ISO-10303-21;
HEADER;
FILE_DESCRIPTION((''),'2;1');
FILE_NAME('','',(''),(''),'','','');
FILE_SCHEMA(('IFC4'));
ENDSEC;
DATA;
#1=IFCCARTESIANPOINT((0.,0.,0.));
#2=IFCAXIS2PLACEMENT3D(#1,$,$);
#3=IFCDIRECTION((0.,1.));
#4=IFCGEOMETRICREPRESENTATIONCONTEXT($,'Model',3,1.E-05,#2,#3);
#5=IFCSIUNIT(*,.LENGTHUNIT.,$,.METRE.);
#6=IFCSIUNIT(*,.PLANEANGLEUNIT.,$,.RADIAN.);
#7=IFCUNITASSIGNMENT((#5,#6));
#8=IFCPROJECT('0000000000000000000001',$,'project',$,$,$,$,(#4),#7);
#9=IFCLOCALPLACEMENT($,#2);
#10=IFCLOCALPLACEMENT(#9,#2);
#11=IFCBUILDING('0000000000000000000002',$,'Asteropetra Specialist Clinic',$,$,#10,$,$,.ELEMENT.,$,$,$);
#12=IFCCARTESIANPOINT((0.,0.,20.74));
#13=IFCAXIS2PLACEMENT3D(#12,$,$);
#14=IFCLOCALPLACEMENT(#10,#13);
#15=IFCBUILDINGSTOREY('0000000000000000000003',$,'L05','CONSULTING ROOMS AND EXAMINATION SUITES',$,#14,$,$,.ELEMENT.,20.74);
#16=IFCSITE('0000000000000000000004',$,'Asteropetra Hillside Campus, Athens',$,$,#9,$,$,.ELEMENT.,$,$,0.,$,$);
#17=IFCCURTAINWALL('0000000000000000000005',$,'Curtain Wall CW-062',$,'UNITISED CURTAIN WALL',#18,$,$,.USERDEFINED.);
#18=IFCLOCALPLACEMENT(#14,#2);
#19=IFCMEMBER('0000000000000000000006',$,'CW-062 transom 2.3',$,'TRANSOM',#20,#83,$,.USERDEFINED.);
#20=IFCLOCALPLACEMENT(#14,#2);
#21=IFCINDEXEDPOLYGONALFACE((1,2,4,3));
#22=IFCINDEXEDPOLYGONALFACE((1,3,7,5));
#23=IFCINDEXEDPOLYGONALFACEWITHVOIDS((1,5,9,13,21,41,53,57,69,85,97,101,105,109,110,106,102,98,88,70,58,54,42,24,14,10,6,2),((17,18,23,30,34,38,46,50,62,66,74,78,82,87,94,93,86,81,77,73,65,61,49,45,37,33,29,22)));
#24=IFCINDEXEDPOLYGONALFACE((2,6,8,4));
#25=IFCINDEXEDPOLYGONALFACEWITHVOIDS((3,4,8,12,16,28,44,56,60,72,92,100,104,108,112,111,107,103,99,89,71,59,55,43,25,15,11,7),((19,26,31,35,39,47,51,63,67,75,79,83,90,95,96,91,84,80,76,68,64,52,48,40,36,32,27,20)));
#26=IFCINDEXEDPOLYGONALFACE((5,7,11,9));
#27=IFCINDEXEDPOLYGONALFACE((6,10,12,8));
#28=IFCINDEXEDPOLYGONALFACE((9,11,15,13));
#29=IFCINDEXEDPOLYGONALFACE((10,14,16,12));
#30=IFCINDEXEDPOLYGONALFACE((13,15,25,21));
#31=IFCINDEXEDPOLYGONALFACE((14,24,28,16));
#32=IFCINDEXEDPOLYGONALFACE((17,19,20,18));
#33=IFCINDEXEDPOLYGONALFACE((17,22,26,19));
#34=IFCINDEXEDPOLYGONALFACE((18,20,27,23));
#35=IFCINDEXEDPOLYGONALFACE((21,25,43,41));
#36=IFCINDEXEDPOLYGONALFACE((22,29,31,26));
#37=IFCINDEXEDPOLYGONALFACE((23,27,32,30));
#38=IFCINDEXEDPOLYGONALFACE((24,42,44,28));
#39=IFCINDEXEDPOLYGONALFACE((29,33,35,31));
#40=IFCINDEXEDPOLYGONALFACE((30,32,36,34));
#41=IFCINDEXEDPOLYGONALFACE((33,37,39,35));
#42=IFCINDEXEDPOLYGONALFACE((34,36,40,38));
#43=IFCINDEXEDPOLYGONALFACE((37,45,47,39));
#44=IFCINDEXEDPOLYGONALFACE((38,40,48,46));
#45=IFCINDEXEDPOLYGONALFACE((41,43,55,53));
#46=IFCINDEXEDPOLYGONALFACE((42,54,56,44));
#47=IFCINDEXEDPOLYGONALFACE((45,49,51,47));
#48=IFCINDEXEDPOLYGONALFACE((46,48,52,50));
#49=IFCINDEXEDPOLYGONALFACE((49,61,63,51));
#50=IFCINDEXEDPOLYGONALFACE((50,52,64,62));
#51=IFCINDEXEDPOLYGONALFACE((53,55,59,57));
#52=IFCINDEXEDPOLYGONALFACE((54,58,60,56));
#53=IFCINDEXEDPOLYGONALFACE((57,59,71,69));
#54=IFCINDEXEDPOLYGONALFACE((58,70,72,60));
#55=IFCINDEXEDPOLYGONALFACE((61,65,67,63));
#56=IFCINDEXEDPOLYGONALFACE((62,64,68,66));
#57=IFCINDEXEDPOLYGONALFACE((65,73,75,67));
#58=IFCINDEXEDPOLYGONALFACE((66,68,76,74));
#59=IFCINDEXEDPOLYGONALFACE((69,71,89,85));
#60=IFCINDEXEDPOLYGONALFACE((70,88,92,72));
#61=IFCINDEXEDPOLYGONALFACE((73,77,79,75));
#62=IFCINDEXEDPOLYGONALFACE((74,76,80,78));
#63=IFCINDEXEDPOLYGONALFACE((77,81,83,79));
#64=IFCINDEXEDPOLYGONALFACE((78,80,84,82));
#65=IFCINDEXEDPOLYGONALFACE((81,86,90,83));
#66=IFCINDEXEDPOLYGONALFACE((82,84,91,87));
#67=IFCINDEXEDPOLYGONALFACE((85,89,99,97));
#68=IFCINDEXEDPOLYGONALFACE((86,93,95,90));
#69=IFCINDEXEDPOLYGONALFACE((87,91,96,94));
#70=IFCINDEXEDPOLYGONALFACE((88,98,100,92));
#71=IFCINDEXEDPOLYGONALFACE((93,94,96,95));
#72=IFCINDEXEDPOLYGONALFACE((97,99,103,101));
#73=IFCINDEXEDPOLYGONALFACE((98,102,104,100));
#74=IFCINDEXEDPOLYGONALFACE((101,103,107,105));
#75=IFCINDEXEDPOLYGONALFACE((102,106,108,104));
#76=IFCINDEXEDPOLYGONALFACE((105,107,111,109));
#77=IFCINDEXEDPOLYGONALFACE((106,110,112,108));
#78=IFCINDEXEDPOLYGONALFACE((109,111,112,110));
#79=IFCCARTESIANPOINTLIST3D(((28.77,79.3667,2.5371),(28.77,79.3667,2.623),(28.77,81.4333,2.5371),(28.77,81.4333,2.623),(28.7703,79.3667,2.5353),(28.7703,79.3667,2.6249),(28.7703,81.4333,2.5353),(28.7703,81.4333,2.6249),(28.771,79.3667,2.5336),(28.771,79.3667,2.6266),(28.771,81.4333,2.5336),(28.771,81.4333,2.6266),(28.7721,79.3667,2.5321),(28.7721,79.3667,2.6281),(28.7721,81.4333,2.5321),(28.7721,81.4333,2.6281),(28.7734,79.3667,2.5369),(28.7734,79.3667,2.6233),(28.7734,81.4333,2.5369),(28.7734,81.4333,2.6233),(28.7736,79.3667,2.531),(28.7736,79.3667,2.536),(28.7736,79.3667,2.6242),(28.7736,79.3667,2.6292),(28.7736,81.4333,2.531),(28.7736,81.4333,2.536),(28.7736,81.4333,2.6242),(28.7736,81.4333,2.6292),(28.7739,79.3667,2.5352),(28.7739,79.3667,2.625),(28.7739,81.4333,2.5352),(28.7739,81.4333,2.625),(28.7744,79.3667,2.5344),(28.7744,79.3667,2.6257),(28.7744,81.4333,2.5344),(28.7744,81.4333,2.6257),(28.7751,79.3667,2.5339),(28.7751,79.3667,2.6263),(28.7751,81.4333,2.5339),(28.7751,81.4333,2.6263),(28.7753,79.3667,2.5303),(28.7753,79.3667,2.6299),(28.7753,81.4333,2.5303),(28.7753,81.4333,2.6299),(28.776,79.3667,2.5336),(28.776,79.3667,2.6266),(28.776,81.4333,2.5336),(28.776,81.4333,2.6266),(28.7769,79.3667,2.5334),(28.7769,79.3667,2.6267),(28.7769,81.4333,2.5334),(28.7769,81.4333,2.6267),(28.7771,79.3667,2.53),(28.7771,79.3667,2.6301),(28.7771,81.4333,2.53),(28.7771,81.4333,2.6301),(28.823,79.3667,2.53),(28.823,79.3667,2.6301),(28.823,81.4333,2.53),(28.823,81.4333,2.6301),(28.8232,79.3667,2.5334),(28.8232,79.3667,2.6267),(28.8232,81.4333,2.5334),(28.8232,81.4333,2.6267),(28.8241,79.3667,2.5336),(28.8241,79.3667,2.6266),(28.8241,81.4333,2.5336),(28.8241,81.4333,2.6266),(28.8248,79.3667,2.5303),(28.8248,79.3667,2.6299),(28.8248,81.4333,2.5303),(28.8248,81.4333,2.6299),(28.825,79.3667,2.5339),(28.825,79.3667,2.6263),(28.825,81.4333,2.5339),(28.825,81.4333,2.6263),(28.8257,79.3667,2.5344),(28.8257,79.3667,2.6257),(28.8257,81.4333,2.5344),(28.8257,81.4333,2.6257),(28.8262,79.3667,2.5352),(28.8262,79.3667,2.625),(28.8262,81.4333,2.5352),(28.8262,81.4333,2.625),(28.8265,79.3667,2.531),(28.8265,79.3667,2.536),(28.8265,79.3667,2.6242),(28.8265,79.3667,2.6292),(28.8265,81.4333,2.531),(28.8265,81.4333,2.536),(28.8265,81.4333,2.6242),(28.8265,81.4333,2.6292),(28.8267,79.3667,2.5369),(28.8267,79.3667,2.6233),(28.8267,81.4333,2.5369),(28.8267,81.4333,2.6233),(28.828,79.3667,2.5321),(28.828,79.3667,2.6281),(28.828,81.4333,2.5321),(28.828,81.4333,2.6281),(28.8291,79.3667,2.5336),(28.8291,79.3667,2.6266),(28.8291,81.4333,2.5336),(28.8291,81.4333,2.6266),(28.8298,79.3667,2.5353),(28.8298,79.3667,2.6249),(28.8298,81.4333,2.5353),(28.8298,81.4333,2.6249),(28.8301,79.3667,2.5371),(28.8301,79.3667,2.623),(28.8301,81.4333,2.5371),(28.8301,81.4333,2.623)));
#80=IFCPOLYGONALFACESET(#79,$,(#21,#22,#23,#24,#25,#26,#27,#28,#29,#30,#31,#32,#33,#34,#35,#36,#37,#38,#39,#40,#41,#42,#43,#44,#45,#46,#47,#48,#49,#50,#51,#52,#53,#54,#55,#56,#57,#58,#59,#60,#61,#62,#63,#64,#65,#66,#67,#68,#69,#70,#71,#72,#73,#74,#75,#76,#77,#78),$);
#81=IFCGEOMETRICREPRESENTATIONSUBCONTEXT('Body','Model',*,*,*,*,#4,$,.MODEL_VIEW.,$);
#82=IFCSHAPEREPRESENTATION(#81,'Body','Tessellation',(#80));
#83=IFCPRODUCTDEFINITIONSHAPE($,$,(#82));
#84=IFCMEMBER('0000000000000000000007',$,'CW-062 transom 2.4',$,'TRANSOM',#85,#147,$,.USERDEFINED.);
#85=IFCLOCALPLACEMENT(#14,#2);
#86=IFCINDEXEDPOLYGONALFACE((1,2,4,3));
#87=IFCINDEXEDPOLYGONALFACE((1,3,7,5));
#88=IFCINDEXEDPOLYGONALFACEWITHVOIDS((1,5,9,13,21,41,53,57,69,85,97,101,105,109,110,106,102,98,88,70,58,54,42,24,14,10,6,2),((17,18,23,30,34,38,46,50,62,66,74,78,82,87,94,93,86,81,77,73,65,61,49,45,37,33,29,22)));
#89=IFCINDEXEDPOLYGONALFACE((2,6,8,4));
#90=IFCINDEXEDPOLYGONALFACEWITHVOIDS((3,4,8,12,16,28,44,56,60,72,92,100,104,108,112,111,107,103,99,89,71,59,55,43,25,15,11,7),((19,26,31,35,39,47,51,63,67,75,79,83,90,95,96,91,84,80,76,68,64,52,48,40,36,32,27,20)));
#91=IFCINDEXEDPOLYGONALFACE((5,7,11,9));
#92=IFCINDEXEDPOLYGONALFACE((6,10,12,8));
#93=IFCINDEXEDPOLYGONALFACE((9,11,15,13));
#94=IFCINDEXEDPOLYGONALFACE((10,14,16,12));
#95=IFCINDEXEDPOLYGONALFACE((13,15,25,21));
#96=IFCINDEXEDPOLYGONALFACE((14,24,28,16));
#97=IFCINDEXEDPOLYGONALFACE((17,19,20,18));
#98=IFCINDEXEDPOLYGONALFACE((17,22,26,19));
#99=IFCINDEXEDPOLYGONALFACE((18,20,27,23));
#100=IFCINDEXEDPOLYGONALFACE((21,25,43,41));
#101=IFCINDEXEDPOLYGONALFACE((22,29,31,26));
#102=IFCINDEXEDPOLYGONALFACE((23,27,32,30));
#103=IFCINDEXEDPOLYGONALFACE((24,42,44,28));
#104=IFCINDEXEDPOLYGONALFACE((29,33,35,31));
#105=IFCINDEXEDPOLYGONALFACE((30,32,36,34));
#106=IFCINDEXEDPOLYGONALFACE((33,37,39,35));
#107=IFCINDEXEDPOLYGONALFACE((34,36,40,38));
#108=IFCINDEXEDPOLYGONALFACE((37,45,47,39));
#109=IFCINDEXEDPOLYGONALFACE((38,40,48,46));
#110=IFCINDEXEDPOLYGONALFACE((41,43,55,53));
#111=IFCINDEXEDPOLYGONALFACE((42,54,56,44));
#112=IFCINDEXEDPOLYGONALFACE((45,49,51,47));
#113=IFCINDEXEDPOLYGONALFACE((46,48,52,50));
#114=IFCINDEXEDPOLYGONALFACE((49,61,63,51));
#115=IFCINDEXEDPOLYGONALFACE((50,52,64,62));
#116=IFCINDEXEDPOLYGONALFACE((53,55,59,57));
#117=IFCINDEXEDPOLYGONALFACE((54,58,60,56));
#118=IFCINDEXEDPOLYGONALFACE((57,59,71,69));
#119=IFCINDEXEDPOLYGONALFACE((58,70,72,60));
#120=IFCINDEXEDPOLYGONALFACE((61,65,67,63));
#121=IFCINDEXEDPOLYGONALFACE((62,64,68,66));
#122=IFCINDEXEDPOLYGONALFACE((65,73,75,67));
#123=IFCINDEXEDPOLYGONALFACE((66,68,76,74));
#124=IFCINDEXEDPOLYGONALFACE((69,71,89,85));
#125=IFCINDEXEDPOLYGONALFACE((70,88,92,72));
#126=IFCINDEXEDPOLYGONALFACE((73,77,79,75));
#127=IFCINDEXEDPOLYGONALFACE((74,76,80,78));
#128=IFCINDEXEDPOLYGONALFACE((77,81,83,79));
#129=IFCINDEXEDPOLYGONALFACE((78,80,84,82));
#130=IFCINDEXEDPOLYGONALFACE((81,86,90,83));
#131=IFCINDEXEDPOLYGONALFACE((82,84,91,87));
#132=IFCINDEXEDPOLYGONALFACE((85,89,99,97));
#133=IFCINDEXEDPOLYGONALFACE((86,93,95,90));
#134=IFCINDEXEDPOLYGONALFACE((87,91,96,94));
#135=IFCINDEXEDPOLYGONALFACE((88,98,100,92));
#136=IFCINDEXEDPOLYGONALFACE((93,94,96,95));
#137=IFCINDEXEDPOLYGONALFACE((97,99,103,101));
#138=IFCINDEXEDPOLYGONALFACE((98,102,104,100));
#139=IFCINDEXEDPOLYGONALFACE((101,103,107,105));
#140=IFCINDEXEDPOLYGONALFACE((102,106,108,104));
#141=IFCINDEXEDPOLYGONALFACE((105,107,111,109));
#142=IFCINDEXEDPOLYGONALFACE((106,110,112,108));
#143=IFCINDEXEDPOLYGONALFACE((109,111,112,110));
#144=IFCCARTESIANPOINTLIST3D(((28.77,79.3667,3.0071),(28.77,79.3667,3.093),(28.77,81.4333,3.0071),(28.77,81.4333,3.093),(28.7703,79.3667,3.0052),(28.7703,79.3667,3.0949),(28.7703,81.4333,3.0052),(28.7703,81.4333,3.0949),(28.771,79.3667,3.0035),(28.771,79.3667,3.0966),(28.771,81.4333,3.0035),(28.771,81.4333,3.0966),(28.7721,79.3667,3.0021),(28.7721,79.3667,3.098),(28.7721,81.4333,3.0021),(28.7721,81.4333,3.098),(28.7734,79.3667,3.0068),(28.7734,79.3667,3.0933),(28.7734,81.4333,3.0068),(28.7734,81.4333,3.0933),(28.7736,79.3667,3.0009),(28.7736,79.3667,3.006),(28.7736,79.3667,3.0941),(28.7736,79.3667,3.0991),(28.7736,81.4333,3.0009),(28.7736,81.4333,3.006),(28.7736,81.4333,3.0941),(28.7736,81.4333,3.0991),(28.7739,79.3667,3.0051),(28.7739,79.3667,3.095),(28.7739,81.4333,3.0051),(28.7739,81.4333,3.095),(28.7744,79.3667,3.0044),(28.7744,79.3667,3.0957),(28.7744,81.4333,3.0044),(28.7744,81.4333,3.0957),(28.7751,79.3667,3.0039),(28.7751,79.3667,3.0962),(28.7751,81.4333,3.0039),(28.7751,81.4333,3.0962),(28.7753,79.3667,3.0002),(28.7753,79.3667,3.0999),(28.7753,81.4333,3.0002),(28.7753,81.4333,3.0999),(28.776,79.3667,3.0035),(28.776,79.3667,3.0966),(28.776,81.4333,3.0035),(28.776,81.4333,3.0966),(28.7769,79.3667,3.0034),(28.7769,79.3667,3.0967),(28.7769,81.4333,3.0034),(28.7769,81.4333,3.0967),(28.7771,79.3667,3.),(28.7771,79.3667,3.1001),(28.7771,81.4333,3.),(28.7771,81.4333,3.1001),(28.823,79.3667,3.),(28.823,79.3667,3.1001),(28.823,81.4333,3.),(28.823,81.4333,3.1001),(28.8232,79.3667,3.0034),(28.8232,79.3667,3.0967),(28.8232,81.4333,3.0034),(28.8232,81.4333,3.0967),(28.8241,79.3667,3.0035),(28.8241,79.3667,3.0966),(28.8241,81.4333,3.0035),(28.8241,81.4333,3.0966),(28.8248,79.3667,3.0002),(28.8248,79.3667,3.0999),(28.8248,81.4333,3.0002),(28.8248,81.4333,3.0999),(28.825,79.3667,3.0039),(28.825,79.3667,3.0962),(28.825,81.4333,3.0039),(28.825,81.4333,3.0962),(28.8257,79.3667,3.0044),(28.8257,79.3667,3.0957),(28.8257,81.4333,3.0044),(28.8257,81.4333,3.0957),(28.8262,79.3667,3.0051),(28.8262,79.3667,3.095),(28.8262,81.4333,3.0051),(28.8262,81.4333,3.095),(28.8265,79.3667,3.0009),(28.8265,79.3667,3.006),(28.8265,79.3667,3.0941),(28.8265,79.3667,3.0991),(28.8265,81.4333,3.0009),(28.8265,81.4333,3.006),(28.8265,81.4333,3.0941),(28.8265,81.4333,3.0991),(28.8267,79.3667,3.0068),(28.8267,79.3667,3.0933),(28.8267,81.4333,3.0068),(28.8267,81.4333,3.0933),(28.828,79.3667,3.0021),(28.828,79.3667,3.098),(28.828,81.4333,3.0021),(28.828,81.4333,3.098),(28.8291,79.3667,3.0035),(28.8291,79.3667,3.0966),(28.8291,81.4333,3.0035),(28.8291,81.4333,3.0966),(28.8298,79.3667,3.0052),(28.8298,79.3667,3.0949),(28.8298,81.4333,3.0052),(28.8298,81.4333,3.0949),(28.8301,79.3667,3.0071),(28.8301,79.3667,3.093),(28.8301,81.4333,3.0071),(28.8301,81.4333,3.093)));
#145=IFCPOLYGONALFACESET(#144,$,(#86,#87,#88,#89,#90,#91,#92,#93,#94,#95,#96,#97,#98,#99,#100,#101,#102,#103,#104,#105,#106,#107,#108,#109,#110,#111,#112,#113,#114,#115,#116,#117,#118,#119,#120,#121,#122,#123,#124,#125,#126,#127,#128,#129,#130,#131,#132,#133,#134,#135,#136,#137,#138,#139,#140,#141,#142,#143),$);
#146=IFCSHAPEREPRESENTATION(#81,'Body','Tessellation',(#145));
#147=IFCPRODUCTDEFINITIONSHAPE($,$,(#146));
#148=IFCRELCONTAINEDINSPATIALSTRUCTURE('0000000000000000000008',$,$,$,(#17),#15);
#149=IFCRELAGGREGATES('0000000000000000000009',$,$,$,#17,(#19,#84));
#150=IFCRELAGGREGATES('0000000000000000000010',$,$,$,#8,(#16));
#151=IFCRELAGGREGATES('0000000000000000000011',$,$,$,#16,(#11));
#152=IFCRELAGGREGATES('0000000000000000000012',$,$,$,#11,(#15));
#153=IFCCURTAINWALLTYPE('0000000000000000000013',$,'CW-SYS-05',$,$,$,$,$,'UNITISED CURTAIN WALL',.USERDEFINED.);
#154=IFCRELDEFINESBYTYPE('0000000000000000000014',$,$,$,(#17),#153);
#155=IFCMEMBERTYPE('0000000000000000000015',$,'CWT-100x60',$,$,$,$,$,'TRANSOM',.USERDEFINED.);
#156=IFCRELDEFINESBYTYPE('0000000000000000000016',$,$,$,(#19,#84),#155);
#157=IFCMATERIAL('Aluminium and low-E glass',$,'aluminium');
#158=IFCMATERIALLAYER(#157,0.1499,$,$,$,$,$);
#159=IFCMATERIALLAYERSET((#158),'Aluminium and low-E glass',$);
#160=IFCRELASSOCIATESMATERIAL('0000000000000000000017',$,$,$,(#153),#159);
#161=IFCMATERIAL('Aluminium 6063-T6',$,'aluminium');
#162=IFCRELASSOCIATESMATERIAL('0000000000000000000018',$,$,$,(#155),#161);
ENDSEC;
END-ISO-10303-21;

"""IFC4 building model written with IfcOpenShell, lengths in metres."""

from ifc_helpers import new_model, si_unit, direction, frame, origin, origin_2d, place, context, subcontext, project, spatial, hollow_rectangle, extrude, material, layer, layer_set, material_profile, profile_set, type_object, element, aggregate, save


model = new_model("IFC4")

# Units and contexts
model_context = context("Model", 3, precision=1e-05, world=origin(), true_north=direction((0.0, 1.0)))
body_context = subcontext(model_context, "Body", "Model", "MODEL_VIEW")
ifc_project = project(units=[si_unit("LENGTHUNIT", "METRE"), si_unit("PLANEANGLEUNIT", "RADIAN")], contexts=[model_context])

# Site, building, storey
site_placement = place(None, origin())
site = spatial("IfcSite", under=ifc_project, at=site_placement, Name="Asteropetra Hillside Campus, Athens", CompositionType="ELEMENT", RefElevation=0.0)
building_placement = place(site_placement, origin())
building = spatial("IfcBuilding", under=site, at=building_placement, Name="Asteropetra Specialist Clinic", CompositionType="ELEMENT")
storey_placement = place(building_placement, frame((0.0, 0.0, 20.74)))
storey = spatial("IfcBuildingStorey", under=building, at=storey_placement, Name="L05", Description="CONSULTING ROOMS AND EXAMINATION SUITES", CompositionType="ELEMENT", Elevation=20.74)

# Curtain wall, members
ifc_material_1 = material(Name="Aluminium and low-E glass", Category="aluminium")
ifc_layer_1 = layer(ifc_material_1, 0.1499)
ifc_layer_set_1 = layer_set([ifc_layer_1], Name="Aluminium and low-E glass")
curtain_wall_type = type_object("IfcCurtainWallType", Name="CW-SYS-05", ElementType="UNITISED CURTAIN WALL", PredefinedType="USERDEFINED", material=ifc_layer_set_1)
curtain_wall_placement = place(storey_placement, origin())
curtain_wall = element("IfcCurtainWall", 1, at=curtain_wall_placement, inside=storey, type_object=curtain_wall_type, Name="Curtain Wall CW-062", ObjectType="UNITISED CURTAIN WALL", PredefinedType="USERDEFINED")
ifc_material_2 = material(Name="Aluminium 6063-T6", Category="aluminium")
ifc_material_profile_1 = material_profile(ifc_material_2, hollow_rectangle(XDim=0.0601, YDim=0.1001, WallThickness=0.0034, InnerFilletRadius=0.0034, OuterFilletRadius=0.0071, at=origin_2d()), Name="TRN 100x60x3.5")
ifc_profile_set_1 = profile_set([ifc_material_profile_1], Name="Aluminium 6063-T6")
member_type_1 = type_object("IfcMemberType", Name="CWT-100x60", ElementType="TRANSOM", PredefinedType="USERDEFINED", material=ifc_profile_set_1)
member_1_placement = place(storey_placement, frame((28.8, 79.3667, 2.5801), z_axis=(0.0, 1.0, 0.0), x_axis=(-1.0, 0.0, 0.0)))
member_1 = element("IfcMember", 2, at=member_1_placement, type_object=member_type_1, Name="CW-062 transom 2.3", ObjectType="TRANSOM", PredefinedType="USERDEFINED", context=body_context, shape_type="SweptSolid", body=[
    extrude(hollow_rectangle(XDim=0.0601, YDim=0.1001, WallThickness=0.0034, InnerFilletRadius=0.0034, OuterFilletRadius=0.0071, at=origin_2d()), origin(), (0.0, 0.0, 1.0), 2.0667),
])
member_2_placement = place(storey_placement, frame((28.8, 79.3667, 3.05), z_axis=(0.0, 1.0, 0.0), x_axis=(-1.0, 0.0, 0.0)))
member_2 = element("IfcMember", 3, at=member_2_placement, type_object=member_type_1, Name="CW-062 transom 2.4", ObjectType="TRANSOM", PredefinedType="USERDEFINED", context=body_context, shape_type="SweptSolid", body=[
    extrude(hollow_rectangle(XDim=0.0601, YDim=0.1001, WallThickness=0.0034, InnerFilletRadius=0.0034, OuterFilletRadius=0.0071, at=origin_2d()), origin(), (0.0, 0.0, 1.0), 2.0667),
])
aggregate(curtain_wall, [member_1, member_2])

save(model, "model.ifc")
